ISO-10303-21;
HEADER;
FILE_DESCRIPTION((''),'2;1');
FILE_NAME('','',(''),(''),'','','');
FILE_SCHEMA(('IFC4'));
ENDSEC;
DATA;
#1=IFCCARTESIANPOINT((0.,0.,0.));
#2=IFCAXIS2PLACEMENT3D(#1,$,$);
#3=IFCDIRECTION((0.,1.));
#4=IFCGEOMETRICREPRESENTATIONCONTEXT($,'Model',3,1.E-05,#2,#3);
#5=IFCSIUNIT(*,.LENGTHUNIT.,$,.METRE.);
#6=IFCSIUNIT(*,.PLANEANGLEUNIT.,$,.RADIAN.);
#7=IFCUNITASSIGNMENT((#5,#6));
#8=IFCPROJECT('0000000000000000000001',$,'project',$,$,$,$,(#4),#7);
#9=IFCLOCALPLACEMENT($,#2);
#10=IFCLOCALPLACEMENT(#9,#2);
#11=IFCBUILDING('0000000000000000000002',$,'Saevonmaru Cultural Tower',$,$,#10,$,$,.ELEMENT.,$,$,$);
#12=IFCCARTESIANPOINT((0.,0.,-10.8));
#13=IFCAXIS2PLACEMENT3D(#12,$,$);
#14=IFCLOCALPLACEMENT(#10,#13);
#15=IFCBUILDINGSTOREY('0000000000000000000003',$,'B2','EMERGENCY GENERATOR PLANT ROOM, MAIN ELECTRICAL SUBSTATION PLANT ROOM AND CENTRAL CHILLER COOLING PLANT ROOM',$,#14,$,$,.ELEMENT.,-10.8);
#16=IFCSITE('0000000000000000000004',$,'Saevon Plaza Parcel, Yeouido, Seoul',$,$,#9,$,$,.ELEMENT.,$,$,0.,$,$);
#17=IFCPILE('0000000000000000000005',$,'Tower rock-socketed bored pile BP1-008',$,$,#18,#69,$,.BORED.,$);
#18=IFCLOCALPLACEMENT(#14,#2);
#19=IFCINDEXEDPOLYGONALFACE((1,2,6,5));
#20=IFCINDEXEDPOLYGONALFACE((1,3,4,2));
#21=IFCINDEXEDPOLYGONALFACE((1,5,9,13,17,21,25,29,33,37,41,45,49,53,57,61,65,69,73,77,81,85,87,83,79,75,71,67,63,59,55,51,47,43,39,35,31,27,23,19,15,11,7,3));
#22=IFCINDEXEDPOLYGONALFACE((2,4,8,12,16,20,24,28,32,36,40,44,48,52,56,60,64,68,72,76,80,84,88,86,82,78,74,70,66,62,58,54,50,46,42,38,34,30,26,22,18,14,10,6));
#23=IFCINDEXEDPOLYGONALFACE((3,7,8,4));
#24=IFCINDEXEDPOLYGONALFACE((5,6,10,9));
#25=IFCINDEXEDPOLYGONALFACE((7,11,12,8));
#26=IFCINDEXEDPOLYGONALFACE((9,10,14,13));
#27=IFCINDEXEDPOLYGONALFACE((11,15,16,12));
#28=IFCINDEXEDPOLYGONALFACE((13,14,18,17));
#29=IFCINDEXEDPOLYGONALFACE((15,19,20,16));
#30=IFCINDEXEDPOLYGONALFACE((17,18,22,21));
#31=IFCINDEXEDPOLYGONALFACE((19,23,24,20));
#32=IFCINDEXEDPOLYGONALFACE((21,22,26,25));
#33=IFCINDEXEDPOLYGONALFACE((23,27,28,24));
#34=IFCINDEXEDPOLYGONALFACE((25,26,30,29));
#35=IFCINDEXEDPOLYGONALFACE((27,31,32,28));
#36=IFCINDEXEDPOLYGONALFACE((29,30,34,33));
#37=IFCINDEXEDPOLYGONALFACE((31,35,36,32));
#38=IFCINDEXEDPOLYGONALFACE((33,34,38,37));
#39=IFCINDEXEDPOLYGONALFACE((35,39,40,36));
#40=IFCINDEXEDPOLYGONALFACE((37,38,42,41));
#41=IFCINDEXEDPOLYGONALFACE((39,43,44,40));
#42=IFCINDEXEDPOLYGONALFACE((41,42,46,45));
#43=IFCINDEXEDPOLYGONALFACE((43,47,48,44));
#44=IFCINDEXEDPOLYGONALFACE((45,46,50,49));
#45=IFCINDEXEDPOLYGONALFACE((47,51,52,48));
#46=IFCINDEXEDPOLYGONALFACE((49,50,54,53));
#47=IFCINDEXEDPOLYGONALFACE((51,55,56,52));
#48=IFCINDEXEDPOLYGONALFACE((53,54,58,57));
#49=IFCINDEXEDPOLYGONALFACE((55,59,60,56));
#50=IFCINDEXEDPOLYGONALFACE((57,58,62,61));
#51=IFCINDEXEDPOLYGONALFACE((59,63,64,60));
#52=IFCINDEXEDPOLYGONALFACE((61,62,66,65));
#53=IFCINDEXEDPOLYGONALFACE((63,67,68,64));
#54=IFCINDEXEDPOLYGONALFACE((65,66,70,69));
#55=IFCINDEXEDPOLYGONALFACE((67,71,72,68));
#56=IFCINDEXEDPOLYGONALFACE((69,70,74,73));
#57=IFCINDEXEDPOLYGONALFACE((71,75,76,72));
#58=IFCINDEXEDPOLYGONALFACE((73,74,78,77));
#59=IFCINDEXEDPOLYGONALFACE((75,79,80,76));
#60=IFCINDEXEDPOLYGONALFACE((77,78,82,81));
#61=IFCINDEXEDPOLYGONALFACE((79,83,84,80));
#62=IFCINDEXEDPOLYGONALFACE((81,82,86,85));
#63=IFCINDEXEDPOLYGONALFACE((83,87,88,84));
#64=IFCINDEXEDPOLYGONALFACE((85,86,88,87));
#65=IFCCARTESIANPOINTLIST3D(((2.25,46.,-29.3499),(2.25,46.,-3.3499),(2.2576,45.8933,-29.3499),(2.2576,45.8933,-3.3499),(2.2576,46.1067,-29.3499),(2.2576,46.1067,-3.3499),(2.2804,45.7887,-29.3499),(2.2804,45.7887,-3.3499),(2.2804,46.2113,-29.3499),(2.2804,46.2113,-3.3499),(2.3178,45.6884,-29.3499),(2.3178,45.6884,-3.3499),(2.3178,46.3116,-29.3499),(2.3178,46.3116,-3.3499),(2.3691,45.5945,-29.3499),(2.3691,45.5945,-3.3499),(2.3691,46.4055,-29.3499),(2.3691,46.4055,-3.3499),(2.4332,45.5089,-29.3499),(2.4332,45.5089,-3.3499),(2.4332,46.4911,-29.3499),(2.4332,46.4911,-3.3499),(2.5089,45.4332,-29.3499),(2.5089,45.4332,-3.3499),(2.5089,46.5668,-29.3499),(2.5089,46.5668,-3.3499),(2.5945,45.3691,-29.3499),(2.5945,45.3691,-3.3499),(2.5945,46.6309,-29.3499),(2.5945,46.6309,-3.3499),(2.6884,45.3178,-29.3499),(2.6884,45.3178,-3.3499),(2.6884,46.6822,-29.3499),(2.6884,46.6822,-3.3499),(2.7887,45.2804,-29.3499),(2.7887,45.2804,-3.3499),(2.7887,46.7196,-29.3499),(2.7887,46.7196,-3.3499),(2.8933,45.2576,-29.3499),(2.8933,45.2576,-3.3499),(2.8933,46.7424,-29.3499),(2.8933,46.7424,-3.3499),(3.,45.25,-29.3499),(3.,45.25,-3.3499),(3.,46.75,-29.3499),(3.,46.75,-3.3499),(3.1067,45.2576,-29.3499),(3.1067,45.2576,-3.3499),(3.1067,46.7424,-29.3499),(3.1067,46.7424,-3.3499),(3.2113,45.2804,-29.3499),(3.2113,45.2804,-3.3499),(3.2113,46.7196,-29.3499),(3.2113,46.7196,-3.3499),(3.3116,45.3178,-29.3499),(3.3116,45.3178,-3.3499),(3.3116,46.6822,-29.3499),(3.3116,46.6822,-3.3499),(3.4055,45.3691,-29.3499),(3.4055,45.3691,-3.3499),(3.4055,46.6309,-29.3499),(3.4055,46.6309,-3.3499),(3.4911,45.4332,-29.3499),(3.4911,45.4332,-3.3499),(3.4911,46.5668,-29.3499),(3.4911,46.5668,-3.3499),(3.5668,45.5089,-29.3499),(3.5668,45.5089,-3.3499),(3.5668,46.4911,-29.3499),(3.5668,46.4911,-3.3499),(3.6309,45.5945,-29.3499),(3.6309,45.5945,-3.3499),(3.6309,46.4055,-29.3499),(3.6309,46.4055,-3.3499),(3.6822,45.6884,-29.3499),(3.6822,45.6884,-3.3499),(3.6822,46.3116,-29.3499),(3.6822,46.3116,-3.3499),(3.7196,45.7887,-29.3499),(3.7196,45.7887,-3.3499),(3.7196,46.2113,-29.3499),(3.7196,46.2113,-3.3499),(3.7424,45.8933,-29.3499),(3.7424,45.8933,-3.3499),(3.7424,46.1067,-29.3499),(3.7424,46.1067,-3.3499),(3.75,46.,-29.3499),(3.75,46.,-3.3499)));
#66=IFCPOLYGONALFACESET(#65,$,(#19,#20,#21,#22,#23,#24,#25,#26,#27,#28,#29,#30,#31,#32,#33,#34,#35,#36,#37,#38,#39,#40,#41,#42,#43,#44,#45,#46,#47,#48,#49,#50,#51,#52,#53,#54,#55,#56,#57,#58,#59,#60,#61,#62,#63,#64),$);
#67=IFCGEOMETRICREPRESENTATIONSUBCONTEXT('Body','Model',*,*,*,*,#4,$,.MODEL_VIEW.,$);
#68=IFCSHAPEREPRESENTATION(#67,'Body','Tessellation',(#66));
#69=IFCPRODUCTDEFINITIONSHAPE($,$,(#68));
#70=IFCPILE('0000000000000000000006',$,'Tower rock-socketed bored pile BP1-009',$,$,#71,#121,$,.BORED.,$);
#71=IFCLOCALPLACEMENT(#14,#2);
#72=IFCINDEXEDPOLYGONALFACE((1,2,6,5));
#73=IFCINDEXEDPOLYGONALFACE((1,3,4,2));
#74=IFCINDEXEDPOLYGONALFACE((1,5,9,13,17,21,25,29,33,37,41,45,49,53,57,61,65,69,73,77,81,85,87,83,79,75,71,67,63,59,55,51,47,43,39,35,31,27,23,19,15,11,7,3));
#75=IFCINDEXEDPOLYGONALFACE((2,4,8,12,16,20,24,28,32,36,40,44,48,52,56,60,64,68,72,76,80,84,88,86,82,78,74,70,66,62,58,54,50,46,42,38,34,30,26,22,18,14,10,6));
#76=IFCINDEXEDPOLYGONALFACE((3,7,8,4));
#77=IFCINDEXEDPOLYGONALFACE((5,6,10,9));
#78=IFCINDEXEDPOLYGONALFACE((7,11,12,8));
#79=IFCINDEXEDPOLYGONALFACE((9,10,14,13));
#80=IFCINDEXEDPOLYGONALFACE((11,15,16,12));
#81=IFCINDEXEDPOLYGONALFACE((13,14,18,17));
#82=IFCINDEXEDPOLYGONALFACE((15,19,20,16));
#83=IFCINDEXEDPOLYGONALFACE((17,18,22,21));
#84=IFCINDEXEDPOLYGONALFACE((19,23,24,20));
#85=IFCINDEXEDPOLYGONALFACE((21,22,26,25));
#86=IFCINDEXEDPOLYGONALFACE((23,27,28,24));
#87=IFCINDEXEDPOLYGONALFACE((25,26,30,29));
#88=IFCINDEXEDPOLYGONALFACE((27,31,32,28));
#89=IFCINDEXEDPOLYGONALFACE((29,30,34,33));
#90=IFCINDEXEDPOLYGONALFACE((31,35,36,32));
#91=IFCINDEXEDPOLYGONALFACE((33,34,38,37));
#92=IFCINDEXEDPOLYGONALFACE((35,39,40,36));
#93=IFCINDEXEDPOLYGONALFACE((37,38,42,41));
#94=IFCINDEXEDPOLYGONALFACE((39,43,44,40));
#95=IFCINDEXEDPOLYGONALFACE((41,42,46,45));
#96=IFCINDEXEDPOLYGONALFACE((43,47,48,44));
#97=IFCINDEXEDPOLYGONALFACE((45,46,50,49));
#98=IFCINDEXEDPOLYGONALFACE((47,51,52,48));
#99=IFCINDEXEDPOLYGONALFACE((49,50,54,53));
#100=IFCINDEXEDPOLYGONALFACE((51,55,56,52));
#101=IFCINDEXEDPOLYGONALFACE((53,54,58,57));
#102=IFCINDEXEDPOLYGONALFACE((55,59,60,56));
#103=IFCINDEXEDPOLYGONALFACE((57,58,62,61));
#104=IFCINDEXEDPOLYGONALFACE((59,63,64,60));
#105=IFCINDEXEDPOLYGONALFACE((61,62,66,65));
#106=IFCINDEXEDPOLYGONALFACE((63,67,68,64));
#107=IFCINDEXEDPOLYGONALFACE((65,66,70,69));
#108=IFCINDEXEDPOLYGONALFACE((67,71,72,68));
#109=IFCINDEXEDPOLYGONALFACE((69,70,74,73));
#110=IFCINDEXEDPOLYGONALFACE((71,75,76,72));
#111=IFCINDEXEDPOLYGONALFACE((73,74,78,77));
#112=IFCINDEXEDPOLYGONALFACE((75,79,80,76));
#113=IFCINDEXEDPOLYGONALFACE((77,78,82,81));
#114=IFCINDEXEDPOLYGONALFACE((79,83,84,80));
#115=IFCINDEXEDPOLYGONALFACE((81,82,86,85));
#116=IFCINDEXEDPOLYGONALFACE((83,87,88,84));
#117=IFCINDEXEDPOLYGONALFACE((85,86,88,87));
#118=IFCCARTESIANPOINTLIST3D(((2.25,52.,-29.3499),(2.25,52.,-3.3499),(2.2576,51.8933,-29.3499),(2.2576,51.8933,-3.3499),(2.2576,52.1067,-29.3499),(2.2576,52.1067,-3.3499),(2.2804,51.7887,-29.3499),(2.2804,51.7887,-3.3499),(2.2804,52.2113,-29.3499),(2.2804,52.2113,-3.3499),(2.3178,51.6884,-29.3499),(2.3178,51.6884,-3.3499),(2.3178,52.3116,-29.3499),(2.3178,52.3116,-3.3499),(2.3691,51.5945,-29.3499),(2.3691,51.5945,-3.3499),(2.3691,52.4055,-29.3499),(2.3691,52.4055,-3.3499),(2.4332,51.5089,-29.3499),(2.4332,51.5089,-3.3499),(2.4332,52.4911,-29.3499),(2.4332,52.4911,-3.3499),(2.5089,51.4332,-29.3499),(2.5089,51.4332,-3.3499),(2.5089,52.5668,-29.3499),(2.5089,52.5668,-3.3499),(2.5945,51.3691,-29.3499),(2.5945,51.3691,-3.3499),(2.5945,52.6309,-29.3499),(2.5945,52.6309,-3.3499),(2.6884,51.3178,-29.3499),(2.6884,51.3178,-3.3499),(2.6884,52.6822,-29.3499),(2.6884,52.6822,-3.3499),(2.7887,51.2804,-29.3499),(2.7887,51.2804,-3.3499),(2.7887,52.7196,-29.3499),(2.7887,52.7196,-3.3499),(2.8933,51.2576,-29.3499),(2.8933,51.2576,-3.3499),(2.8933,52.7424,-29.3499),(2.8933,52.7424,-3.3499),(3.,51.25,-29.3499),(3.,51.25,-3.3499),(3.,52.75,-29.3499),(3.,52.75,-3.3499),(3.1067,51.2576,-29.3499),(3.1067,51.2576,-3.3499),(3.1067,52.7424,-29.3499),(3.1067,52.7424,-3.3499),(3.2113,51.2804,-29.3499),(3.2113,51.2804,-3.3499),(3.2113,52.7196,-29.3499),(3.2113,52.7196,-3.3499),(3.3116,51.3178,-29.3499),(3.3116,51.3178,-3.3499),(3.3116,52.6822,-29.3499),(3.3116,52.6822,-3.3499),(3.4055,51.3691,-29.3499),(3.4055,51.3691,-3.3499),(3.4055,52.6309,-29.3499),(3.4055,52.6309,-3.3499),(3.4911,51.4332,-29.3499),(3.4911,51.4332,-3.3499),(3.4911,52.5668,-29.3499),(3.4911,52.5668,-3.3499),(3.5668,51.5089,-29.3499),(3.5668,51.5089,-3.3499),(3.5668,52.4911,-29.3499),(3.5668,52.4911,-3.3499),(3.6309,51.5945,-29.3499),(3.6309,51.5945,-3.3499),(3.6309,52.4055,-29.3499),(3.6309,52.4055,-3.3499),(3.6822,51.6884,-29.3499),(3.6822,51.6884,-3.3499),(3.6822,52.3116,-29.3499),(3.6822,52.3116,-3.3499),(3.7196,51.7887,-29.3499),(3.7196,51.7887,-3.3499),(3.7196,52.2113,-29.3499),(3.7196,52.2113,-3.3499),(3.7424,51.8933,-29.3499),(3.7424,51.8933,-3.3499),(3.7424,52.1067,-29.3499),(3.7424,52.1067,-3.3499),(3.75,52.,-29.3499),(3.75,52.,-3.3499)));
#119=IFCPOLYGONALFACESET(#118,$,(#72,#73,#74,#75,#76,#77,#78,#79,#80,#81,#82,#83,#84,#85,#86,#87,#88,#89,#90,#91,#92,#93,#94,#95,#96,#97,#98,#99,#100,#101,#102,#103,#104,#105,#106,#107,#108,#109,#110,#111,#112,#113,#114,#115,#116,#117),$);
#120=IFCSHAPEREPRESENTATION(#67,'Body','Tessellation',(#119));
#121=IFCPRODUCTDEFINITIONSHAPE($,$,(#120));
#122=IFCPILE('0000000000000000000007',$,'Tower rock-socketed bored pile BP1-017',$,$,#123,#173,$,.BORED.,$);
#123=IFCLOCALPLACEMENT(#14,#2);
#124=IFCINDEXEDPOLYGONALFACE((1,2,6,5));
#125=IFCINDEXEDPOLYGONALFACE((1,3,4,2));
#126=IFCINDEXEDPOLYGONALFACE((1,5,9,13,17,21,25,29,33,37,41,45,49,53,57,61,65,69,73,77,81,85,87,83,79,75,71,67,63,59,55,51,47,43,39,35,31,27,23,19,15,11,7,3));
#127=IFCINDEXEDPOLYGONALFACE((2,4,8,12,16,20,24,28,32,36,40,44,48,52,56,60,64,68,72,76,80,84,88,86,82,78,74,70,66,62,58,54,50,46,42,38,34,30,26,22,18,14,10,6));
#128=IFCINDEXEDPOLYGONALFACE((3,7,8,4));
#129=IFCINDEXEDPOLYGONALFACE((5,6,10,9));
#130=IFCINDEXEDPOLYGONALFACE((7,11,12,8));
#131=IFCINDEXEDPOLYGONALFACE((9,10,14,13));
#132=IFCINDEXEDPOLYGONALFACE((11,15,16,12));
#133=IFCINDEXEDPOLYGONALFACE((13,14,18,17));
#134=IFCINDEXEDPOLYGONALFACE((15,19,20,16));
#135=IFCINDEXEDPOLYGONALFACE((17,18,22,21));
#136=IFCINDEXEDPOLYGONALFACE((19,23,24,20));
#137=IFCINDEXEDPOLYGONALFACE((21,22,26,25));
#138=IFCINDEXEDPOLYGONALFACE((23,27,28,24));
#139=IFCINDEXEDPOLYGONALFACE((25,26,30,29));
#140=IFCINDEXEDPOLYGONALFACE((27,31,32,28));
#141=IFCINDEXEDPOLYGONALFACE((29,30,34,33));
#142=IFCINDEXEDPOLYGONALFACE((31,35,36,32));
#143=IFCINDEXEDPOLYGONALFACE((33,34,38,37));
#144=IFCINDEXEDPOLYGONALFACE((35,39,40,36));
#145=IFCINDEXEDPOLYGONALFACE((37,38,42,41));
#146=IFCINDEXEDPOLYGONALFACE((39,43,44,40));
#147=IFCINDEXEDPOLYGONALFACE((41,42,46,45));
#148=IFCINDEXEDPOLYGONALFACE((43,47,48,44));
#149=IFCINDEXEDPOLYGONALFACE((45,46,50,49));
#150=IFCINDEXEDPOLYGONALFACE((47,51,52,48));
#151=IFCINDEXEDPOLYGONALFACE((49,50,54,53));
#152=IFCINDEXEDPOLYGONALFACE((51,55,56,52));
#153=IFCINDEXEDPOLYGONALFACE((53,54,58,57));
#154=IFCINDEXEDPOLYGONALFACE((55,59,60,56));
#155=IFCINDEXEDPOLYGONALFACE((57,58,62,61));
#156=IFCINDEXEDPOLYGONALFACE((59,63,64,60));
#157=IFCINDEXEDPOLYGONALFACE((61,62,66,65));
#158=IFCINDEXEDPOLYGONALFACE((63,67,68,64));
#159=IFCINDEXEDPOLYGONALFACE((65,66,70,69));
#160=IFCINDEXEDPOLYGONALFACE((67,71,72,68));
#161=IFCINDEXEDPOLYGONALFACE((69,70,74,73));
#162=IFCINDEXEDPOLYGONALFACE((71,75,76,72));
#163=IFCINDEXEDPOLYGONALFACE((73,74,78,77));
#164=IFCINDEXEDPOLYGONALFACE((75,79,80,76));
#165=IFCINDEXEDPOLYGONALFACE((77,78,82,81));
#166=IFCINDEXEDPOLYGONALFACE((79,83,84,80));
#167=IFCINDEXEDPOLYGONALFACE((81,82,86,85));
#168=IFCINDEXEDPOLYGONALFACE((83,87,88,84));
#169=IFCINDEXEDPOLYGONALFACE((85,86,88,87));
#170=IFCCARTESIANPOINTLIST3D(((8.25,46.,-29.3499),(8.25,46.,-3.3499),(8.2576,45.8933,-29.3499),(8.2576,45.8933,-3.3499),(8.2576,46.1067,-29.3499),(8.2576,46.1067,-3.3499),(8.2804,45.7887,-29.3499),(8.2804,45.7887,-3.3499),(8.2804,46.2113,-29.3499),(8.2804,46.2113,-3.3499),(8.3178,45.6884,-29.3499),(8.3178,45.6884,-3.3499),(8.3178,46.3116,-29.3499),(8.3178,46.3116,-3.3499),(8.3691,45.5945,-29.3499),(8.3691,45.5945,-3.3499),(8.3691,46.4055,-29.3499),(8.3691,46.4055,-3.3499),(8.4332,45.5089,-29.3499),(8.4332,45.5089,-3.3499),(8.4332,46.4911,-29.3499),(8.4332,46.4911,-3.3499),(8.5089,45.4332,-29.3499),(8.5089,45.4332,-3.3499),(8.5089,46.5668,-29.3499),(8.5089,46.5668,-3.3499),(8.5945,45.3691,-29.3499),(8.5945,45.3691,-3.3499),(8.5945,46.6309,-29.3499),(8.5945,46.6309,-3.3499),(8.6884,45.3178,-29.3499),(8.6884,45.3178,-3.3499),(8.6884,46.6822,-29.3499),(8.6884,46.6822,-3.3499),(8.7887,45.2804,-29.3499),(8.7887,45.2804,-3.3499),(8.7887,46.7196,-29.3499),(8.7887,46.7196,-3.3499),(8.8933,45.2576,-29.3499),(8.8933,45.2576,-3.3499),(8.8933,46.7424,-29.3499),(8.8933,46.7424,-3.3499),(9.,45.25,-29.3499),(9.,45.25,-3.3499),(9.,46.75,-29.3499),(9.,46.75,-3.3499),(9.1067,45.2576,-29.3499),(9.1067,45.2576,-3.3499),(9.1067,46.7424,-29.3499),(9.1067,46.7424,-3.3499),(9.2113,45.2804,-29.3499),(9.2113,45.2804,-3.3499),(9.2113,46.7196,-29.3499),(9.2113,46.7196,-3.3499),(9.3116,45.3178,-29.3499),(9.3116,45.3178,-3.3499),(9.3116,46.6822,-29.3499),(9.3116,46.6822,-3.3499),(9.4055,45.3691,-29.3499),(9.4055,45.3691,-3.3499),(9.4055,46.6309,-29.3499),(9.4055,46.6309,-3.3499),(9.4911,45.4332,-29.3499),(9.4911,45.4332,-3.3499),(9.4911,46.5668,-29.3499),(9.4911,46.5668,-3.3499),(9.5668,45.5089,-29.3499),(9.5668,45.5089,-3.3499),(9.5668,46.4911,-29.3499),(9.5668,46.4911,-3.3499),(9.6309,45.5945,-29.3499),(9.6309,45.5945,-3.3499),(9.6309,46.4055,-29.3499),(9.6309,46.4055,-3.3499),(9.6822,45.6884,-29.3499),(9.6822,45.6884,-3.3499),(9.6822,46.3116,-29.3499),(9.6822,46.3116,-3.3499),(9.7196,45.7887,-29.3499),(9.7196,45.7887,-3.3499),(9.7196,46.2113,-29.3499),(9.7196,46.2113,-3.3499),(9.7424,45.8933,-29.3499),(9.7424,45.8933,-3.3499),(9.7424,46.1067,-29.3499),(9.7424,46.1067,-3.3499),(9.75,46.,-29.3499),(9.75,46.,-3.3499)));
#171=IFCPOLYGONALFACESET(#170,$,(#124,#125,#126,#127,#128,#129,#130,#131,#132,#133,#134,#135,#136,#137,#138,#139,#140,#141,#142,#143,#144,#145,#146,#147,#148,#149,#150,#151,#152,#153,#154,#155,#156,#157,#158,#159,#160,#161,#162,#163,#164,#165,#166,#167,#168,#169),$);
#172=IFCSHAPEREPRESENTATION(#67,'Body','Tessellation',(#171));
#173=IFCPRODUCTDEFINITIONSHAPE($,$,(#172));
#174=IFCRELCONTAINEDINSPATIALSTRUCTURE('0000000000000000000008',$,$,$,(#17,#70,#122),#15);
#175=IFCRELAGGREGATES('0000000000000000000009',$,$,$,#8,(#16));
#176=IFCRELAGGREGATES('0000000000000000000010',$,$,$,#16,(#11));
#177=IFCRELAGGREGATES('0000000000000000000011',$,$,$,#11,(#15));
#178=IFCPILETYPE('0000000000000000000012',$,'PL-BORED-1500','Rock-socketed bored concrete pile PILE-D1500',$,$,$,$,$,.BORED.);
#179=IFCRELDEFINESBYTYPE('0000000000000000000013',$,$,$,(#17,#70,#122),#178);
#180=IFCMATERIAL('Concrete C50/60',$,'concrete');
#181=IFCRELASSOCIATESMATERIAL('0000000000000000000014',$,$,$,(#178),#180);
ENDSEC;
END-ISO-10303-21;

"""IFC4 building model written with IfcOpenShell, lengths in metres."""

from ifc_helpers import new_model, si_unit, direction, frame, origin, origin_2d, place, context, subcontext, project, spatial, circle, extrude, material, material_profile, profile_set, type_object, element, save


model = new_model("IFC4")

# Units and contexts
model_context = context("Model", 3, precision=1e-05, world=origin(), true_north=direction((0.0, 1.0)))
body_context = subcontext(model_context, "Body", "Model", "MODEL_VIEW")
ifc_project = project(units=[si_unit("LENGTHUNIT", "METRE"), si_unit("PLANEANGLEUNIT", "RADIAN")], contexts=[model_context])

# Site, building, storey
site_placement = place(None, origin())
site = spatial("IfcSite", under=ifc_project, at=site_placement, Name="Saevon Plaza Parcel, Yeouido, Seoul", CompositionType="ELEMENT", RefElevation=0.0)
building_placement = place(site_placement, origin())
building = spatial("IfcBuilding", under=site, at=building_placement, Name="Saevonmaru Cultural Tower", CompositionType="ELEMENT")
storey_placement = place(building_placement, frame((0.0, 0.0, -10.8)))
storey = spatial("IfcBuildingStorey", under=building, at=storey_placement, Name="B2", Description="EMERGENCY GENERATOR PLANT ROOM, MAIN ELECTRICAL SUBSTATION PLANT ROOM AND CENTRAL CHILLER COOLING PLANT ROOM", CompositionType="ELEMENT", Elevation=-10.8)

# Piles
ifc_material_1 = material(Name="Concrete C50/60", Category="concrete")
ifc_material_profile_1 = material_profile(ifc_material_1, circle(Radius=0.75, at=origin_2d()), Name="PILE-D1500")
ifc_profile_set_1 = profile_set([ifc_material_profile_1], Name="Concrete C50/60")
pile_type = type_object("IfcPileType", Name="PL-BORED-1500", Description="Rock-socketed bored concrete pile PILE-D1500", PredefinedType="BORED", material=ifc_profile_set_1)
for number, where, z_axis, x_axis, name in (
    (1, (3.0, 46.0, -3.3499), (0.0, 0.0, -1.0), (1.0, 0.0, 0.0), "Tower rock-socketed bored pile BP1-008"),
    (2, (3.0, 52.0, -3.3499), (0.0, 0.0, -1.0), (1.0, 0.0, 0.0), "Tower rock-socketed bored pile BP1-009"),
    (3, (9.0, 46.0, -3.3499), (0.0, 0.0, -1.0), (1.0, 0.0, 0.0), "Tower rock-socketed bored pile BP1-017"),
):
    element("IfcPile", number, at=place(storey_placement, frame(where, z_axis=z_axis, x_axis=x_axis)), inside=storey, type_object=pile_type, Name=name, PredefinedType="BORED", context=body_context, shape_type="SweptSolid", body=[
        extrude(circle(Radius=0.75, at=origin_2d()), origin(), (0.0, 0.0, 1.0), 26.0),
    ])

save(model, "model.ifc")
